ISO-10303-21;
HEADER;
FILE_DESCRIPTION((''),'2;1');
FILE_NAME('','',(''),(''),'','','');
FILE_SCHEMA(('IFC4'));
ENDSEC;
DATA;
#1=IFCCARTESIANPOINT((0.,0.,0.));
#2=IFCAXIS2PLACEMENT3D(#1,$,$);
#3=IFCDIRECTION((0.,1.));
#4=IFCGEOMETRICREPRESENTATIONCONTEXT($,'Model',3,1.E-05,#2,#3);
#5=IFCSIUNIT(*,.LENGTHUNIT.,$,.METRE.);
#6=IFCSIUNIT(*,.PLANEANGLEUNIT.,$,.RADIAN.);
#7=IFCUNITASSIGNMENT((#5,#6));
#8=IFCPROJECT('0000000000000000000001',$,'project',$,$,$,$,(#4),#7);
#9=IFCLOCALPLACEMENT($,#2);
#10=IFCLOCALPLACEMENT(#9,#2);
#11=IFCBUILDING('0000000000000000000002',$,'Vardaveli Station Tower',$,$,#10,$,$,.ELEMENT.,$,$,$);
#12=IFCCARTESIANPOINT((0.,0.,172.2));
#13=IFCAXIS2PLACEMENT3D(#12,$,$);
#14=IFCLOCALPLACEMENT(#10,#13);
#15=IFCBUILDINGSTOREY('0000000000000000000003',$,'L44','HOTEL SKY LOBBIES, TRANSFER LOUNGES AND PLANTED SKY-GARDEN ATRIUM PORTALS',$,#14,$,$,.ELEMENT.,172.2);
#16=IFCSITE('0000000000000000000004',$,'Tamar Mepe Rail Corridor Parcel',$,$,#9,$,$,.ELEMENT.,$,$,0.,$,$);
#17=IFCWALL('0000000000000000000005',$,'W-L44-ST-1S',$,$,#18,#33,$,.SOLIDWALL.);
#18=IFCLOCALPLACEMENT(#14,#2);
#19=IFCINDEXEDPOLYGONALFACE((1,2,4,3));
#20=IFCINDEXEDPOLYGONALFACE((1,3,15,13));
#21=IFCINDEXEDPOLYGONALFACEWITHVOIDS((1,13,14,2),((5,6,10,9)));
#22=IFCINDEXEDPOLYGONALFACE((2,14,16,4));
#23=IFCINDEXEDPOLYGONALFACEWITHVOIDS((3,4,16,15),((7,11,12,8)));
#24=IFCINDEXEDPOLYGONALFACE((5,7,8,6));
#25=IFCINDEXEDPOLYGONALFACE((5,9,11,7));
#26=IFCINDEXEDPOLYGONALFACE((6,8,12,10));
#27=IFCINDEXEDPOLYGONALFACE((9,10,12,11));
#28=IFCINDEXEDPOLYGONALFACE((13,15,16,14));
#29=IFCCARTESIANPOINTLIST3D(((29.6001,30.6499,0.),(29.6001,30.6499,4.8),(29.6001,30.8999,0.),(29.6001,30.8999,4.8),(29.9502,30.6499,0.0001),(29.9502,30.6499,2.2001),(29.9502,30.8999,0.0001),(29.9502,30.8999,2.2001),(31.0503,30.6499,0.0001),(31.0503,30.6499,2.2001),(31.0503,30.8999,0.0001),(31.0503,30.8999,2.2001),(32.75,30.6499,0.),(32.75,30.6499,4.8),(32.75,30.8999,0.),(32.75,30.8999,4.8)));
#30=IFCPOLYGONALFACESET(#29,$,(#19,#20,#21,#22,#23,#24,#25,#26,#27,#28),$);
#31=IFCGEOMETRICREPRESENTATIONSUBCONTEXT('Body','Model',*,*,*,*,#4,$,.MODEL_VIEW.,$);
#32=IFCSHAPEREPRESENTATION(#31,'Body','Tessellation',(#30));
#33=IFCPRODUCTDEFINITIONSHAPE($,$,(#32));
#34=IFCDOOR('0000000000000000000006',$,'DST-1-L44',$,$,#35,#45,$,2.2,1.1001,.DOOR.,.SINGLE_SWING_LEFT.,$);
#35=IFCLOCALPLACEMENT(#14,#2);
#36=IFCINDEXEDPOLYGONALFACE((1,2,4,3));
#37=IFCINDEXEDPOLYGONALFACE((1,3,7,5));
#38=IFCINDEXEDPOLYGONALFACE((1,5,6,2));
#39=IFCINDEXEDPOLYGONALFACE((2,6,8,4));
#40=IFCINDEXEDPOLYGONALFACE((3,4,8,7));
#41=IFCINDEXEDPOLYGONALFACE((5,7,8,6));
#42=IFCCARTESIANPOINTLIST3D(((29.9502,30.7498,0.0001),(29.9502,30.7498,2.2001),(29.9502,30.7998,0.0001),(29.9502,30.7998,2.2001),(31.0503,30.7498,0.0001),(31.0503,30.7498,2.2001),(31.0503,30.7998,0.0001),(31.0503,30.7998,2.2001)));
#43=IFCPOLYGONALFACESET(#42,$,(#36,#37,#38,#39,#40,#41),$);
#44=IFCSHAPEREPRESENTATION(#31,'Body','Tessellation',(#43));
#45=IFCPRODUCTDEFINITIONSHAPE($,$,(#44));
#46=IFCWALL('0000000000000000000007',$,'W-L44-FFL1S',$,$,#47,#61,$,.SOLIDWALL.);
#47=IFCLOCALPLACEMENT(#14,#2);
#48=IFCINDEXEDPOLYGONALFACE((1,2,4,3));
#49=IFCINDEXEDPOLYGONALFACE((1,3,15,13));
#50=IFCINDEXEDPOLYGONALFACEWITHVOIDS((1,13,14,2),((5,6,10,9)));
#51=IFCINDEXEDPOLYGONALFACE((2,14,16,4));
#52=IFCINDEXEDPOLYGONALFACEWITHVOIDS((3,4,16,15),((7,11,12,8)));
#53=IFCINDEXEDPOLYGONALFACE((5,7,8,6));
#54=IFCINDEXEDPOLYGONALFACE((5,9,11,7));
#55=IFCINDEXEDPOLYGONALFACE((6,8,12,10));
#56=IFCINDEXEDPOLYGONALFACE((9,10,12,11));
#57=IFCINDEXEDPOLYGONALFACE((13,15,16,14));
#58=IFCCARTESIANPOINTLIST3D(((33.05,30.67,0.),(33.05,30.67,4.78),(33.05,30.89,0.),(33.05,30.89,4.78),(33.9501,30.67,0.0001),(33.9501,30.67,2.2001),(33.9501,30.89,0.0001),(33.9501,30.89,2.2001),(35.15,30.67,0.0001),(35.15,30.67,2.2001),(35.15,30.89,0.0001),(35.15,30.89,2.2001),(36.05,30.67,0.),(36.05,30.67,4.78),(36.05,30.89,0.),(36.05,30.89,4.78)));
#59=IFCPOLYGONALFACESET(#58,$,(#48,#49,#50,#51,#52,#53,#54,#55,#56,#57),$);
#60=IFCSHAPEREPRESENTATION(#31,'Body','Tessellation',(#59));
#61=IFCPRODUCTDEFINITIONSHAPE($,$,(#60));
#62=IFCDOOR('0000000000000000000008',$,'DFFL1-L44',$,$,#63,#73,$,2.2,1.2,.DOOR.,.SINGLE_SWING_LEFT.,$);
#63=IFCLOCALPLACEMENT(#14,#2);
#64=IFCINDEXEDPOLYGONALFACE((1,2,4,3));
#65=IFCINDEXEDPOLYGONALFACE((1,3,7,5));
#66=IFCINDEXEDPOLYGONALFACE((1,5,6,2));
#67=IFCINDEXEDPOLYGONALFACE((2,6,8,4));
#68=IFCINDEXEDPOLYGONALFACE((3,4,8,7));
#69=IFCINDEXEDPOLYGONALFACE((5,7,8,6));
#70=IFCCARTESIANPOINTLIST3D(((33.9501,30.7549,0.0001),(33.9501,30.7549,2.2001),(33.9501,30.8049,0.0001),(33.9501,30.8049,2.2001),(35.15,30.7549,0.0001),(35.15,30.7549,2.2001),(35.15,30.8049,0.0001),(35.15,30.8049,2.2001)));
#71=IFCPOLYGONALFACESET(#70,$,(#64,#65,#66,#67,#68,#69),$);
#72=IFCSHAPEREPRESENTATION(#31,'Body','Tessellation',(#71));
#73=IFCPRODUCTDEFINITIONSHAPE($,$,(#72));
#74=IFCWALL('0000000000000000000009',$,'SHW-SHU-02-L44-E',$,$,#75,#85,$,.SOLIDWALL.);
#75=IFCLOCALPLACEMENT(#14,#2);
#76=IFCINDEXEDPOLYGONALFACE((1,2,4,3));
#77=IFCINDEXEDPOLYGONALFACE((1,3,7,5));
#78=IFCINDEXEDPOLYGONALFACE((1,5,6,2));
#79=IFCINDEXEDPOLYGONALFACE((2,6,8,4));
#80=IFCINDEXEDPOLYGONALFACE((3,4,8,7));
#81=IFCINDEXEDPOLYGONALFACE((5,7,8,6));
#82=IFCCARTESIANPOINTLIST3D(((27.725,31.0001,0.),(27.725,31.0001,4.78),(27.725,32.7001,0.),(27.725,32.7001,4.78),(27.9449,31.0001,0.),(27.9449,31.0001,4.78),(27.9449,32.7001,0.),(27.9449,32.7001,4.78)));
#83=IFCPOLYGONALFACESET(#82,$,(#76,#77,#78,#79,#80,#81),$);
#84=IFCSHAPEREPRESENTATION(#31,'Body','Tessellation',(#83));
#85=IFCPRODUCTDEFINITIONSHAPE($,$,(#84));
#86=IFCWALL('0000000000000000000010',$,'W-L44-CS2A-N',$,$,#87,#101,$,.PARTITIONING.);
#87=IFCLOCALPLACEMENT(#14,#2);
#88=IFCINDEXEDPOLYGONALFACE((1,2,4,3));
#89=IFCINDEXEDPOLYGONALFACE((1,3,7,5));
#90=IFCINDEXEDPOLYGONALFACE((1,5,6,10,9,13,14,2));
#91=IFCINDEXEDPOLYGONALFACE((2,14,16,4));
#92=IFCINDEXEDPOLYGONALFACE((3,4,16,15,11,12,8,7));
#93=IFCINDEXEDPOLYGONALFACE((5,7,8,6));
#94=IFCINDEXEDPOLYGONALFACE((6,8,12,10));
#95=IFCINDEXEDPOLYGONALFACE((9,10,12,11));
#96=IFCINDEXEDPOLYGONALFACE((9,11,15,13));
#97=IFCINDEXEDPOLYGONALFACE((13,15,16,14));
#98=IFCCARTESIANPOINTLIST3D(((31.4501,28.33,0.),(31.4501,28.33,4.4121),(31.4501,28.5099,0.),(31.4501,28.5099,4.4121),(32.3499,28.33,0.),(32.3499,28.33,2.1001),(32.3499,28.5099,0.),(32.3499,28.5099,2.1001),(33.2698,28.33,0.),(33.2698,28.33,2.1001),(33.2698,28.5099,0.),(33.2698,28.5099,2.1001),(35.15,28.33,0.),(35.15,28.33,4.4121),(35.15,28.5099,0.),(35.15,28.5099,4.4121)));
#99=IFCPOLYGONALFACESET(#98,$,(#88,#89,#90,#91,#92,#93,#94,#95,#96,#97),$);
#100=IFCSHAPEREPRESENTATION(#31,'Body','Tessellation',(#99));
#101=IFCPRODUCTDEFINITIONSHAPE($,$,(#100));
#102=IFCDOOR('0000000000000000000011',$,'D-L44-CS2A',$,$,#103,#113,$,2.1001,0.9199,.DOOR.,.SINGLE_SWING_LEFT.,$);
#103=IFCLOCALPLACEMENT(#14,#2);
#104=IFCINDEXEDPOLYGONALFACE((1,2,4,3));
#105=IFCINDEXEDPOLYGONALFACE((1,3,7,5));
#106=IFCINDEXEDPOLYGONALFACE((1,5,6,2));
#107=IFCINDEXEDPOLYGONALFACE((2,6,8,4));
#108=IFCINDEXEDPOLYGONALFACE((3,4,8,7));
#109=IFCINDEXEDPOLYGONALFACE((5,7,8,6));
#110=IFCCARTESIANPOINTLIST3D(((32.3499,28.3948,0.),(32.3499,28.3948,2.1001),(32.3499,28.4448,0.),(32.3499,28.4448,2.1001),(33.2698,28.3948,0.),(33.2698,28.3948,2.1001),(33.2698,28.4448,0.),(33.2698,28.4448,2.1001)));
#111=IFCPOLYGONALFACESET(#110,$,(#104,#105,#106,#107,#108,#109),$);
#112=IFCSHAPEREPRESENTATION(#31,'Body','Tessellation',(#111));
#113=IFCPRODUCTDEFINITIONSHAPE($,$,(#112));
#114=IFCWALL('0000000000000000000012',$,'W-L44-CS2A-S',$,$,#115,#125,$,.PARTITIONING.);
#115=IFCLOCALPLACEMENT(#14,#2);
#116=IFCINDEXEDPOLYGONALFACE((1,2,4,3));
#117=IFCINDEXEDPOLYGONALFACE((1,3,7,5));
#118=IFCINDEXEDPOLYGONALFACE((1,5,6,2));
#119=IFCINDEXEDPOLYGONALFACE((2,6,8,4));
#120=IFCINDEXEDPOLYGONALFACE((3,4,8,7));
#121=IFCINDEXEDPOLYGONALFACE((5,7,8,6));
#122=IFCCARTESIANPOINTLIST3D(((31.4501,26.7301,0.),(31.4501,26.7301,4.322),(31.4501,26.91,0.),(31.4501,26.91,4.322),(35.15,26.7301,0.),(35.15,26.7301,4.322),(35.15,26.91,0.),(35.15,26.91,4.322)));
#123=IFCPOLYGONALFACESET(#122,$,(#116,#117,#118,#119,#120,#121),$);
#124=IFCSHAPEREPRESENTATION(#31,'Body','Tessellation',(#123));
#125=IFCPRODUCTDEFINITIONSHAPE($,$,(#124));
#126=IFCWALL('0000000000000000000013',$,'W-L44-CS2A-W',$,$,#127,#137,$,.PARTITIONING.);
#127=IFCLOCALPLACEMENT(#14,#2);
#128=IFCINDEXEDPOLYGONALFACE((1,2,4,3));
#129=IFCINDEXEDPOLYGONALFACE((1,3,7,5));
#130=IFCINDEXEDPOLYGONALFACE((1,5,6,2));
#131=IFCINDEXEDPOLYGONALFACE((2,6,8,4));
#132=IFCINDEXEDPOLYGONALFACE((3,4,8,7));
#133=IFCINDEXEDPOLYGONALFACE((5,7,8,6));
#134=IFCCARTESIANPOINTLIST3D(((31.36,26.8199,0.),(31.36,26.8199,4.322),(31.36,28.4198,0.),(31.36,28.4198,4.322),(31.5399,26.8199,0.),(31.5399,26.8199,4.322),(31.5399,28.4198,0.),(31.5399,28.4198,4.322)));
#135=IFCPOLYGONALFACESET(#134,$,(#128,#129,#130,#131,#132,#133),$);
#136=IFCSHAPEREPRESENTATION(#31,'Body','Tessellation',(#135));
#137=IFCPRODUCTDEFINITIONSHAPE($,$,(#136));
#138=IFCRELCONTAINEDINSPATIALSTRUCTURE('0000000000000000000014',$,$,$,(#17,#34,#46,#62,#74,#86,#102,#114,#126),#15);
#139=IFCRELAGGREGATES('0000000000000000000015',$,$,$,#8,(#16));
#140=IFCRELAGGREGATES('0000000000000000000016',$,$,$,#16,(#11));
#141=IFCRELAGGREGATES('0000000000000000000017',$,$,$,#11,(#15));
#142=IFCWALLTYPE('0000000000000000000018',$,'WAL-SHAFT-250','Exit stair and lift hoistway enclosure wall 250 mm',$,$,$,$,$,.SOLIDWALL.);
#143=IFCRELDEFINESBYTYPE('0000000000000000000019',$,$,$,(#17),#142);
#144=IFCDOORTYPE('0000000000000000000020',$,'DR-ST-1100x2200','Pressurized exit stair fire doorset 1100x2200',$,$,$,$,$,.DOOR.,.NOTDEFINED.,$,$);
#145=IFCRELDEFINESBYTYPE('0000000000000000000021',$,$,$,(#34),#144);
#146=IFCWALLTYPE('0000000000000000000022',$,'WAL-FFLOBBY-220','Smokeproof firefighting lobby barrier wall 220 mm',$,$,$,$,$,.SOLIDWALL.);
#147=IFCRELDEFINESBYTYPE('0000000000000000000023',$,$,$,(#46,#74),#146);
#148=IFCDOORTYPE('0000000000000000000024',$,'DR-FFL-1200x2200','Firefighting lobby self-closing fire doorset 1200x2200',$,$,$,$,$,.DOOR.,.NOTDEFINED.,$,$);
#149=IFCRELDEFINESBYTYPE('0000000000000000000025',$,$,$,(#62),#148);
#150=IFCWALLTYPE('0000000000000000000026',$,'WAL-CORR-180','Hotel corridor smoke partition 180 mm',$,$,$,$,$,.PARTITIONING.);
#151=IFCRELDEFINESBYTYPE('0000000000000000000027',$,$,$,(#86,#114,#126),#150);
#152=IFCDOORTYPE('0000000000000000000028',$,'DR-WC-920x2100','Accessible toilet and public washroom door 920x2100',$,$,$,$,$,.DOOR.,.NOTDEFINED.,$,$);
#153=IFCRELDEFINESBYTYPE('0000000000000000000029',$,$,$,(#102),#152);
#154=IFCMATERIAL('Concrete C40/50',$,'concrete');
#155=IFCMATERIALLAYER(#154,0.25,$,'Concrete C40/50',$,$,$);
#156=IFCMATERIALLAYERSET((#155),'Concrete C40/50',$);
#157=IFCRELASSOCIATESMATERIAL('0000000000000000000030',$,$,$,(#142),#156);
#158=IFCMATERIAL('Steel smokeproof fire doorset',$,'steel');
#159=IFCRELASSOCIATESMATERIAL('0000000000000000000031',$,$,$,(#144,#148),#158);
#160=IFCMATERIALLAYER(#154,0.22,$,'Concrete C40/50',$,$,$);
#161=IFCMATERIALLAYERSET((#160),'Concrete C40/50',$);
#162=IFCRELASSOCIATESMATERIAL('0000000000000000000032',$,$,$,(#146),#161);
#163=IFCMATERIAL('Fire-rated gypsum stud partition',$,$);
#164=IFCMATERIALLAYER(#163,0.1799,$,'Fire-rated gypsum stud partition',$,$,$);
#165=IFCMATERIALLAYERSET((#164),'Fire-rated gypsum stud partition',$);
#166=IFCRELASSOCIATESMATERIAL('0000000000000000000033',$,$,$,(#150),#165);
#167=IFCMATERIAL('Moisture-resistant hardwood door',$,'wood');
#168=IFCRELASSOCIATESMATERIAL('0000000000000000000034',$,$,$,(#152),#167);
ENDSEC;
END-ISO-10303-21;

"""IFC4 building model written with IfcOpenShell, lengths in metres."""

from ifc_helpers import new_model, si_unit, direction, frame, frame_2d, origin, place, context, subcontext, project, spatial, rectangle, extrude, source, transform, mapped, material, layer, layer_set, type_object, element, fill, save


model = new_model("IFC4")

# Units and contexts
model_context = context("Model", 3, precision=1e-05, world=origin(), true_north=direction((0.0, 1.0)))
body_context = subcontext(model_context, "Body", "Model", "MODEL_VIEW")
ifc_project = project(units=[si_unit("LENGTHUNIT", "METRE"), si_unit("PLANEANGLEUNIT", "RADIAN")], contexts=[model_context])

# Site, building, storey
site_placement = place(None, origin())
site = spatial("IfcSite", under=ifc_project, at=site_placement, Name="Tamar Mepe Rail Corridor Parcel", CompositionType="ELEMENT", RefElevation=0.0)
building_placement = place(site_placement, origin())
building = spatial("IfcBuilding", under=site, at=building_placement, Name="Vardaveli Station Tower", CompositionType="ELEMENT")
storey_placement = place(building_placement, frame((0.0, 0.0, 172.2)))
storey = spatial("IfcBuildingStorey", under=building, at=storey_placement, Name="L44", Description="HOTEL SKY LOBBIES, TRANSFER LOUNGES AND PLANTED SKY-GARDEN ATRIUM PORTALS", CompositionType="ELEMENT", Elevation=172.2)

# Shared definitions
ifc_material_1 = material(Name="Concrete C40/50", Category="concrete")
ifc_layer_1 = layer(ifc_material_1, 0.25, Name="Concrete C40/50")
ifc_layer_set_1 = layer_set([ifc_layer_1], Name="Concrete C40/50")
wall_type_1 = type_object("IfcWallType", Name="WAL-SHAFT-250", Description="Exit stair and lift hoistway enclosure wall 250 mm", PredefinedType="SOLIDWALL", material=ifc_layer_set_1)

# Walls, openings, doors
shared_shape_1 = source(origin(), body_context, "Body", "SweptSolid", [
    extrude(rectangle(XDim=3.1499, YDim=0.25, at=frame_2d((1.575, 0.0))), origin(), (0.0, 0.0, 1.0), 4.8),
])
wall_1_placement = place(storey_placement, frame((29.6001, 30.7749, 0.0), z_axis=(0.0, 0.0, 1.0), x_axis=(1.0, 0.0, 0.0)))
wall_1 = element("IfcWall", 1, at=wall_1_placement, inside=storey, type_object=wall_type_1, Name="W-L44-ST-1S", PredefinedType="SOLIDWALL", context=body_context, shape_type="MappedRepresentation", body=[
    mapped(shared_shape_1, transform((0.0, 0.0, 0.0), scale=1.0)),
])
shared_shape_2 = source(origin(), body_context, "Body", "SweptSolid", [
    extrude(rectangle(XDim=1.1001, YDim=2.2, at=frame_2d((0.55, 1.1001))), frame((0.0, 0.135, 0.0), z_axis=(0.0, -1.0, 0.0), x_axis=(1.0, 0.0, 0.0)), (0.0, 0.0, 1.0), 0.27),
])
opening_1_placement = place(wall_1_placement, frame((0.3501, 0.0, 0.0)))
opening_1 = element("IfcOpeningElement", 2, at=opening_1_placement, cuts=wall_1, PredefinedType="OPENING", context=body_context, shape_type="MappedRepresentation", body=[
    mapped(shared_shape_2, transform((0.0, 0.0, 0.0), scale=1.0)),
])
ifc_material_2 = material(Name="Steel smokeproof fire doorset", Category="steel")
door_type_1 = type_object("IfcDoorType", Name="DR-ST-1100x2200", Description="Pressurized exit stair fire doorset 1100x2200", OperationType="NOTDEFINED", PredefinedType="DOOR", material=ifc_material_2)
shared_shape_3 = source(origin(), body_context, "Body", "SweptSolid", [
    extrude(rectangle(XDim=1.1001, YDim=2.2, at=frame_2d((0.55, 1.1001))), frame((0.0, 0.0249, 0.0), z_axis=(0.0, -1.0, 0.0), x_axis=(1.0, 0.0, 0.0)), (0.0, 0.0, 1.0), 0.05),
])
door_1_placement = place(opening_1_placement, origin())
door_1 = element("IfcDoor", 3, at=door_1_placement, inside=storey, type_object=door_type_1, Name="DST-1-L44", OperationType="SINGLE_SWING_LEFT", OverallHeight=2.2, OverallWidth=1.1001, PredefinedType="DOOR", context=body_context, shape_type="MappedRepresentation", body=[
    mapped(shared_shape_3, transform((0.0, 0.0, 0.0), scale=1.0)),
])
fill(opening_1, door_1)
ifc_layer_2 = layer(ifc_material_1, 0.22, Name="Concrete C40/50")
ifc_layer_set_2 = layer_set([ifc_layer_2], Name="Concrete C40/50")
wall_type_2 = type_object("IfcWallType", Name="WAL-FFLOBBY-220", Description="Smokeproof firefighting lobby barrier wall 220 mm", PredefinedType="SOLIDWALL", material=ifc_layer_set_2)
shared_shape_4 = source(origin(), body_context, "Body", "SweptSolid", [
    extrude(rectangle(XDim=3.0, YDim=0.22, at=frame_2d((1.5, 0.0))), origin(), (0.0, 0.0, 1.0), 4.78),
])
wall_2_placement = place(storey_placement, frame((33.05, 30.78, 0.0), z_axis=(0.0, 0.0, 1.0), x_axis=(1.0, 0.0, 0.0)))
wall_2 = element("IfcWall", 4, at=wall_2_placement, inside=storey, type_object=wall_type_2, Name="W-L44-FFL1S", PredefinedType="SOLIDWALL", context=body_context, shape_type="MappedRepresentation", body=[
    mapped(shared_shape_4, transform((0.0, 0.0, 0.0), scale=1.0)),
])
shared_shape_5 = source(origin(), body_context, "Body", "SweptSolid", [
    extrude(rectangle(XDim=1.2, YDim=2.2, at=frame_2d((0.6001, 1.1001))), frame((0.0, 0.1201, 0.0), z_axis=(0.0, -1.0, 0.0), x_axis=(1.0, 0.0, 0.0)), (0.0, 0.0, 1.0), 0.24),
])
opening_2_placement = place(wall_2_placement, frame((0.8999, 0.0, 0.0)))
opening_2 = element("IfcOpeningElement", 5, at=opening_2_placement, cuts=wall_2, PredefinedType="OPENING", context=body_context, shape_type="MappedRepresentation", body=[
    mapped(shared_shape_5, transform((0.0, 0.0, 0.0), scale=1.0)),
])
door_type_2 = type_object("IfcDoorType", Name="DR-FFL-1200x2200", Description="Firefighting lobby self-closing fire doorset 1200x2200", OperationType="NOTDEFINED", PredefinedType="DOOR", material=ifc_material_2)
shared_shape_6 = source(origin(), body_context, "Body", "SweptSolid", [
    extrude(rectangle(XDim=1.2, YDim=2.2, at=frame_2d((0.6001, 1.1001))), frame((0.0, 0.0249, 0.0), z_axis=(0.0, -1.0, 0.0), x_axis=(1.0, 0.0, 0.0)), (0.0, 0.0, 1.0), 0.05),
])
door_2_placement = place(opening_2_placement, origin())
door_2 = element("IfcDoor", 6, at=door_2_placement, inside=storey, type_object=door_type_2, Name="DFFL1-L44", OperationType="SINGLE_SWING_LEFT", OverallHeight=2.2, OverallWidth=1.2, PredefinedType="DOOR", context=body_context, shape_type="MappedRepresentation", body=[
    mapped(shared_shape_6, transform((0.0, 0.0, 0.0), scale=1.0)),
])
fill(opening_2, door_2)

# Wall
shared_shape_7 = source(origin(), body_context, "Body", "SweptSolid", [
    extrude(rectangle(XDim=1.7, YDim=0.22, at=frame_2d((0.8501, 0.0))), origin(), (0.0, 0.0, 1.0), 4.78),
])
wall_3_placement = place(storey_placement, frame((27.835, 31.0, 0.0), z_axis=(0.0, 0.0, 1.0), x_axis=(0.0, 1.0, 0.0)))
element("IfcWall", 7, at=wall_3_placement, inside=storey, type_object=wall_type_2, Name="SHW-SHU-02-L44-E", PredefinedType="SOLIDWALL", context=body_context, shape_type="MappedRepresentation", body=[
    mapped(shared_shape_7, transform((0.0, 0.0, 0.0), scale=1.0)),
])

# Wall, opening, door
ifc_material_3 = material(Name="Fire-rated gypsum stud partition")
ifc_layer_3 = layer(ifc_material_3, 0.1799, Name="Fire-rated gypsum stud partition")
ifc_layer_set_3 = layer_set([ifc_layer_3], Name="Fire-rated gypsum stud partition")
wall_type_3 = type_object("IfcWallType", Name="WAL-CORR-180", Description="Hotel corridor smoke partition 180 mm", PredefinedType="PARTITIONING", material=ifc_layer_set_3)
shared_shape_8 = source(origin(), body_context, "Body", "SweptSolid", [
    extrude(rectangle(XDim=3.7, YDim=0.1799, at=frame_2d((1.8501, 0.0))), origin(), (0.0, 0.0, 1.0), 4.4121),
])
wall_4_placement = place(storey_placement, frame((31.45, 28.4199, 0.0), z_axis=(0.0, 0.0, 1.0), x_axis=(1.0, 0.0, 0.0)))
wall_4 = element("IfcWall", 8, at=wall_4_placement, inside=storey, type_object=wall_type_3, Name="W-L44-CS2A-N", PredefinedType="PARTITIONING", context=body_context, shape_type="MappedRepresentation", body=[
    mapped(shared_shape_8, transform((0.0, 0.0, 0.0), scale=1.0)),
])
shared_shape_9 = source(origin(), body_context, "Body", "SweptSolid", [
    extrude(rectangle(XDim=0.9199, YDim=2.1001, at=frame_2d((0.46, 1.05))), frame((0.0, 0.1001, 0.0), z_axis=(0.0, -1.0, 0.0), x_axis=(1.0, 0.0, 0.0)), (0.0, 0.0, 1.0), 0.2),
])
opening_3_placement = place(wall_4_placement, frame((0.8999, 0.0, 0.0)))
opening_3 = element("IfcOpeningElement", 9, at=opening_3_placement, cuts=wall_4, PredefinedType="OPENING", context=body_context, shape_type="MappedRepresentation", body=[
    mapped(shared_shape_9, transform((0.0, 0.0, 0.0), scale=1.0)),
])
ifc_material_4 = material(Name="Moisture-resistant hardwood door", Category="wood")
door_type_3 = type_object("IfcDoorType", Name="DR-WC-920x2100", Description="Accessible toilet and public washroom door 920x2100", OperationType="NOTDEFINED", PredefinedType="DOOR", material=ifc_material_4)
shared_shape_10 = source(origin(), body_context, "Body", "SweptSolid", [
    extrude(rectangle(XDim=0.9199, YDim=2.1001, at=frame_2d((0.46, 1.05))), frame((0.0, 0.0249, 0.0), z_axis=(0.0, -1.0, 0.0), x_axis=(1.0, 0.0, 0.0)), (0.0, 0.0, 1.0), 0.05),
])
door_3_placement = place(opening_3_placement, origin())
door_3 = element("IfcDoor", 10, at=door_3_placement, inside=storey, type_object=door_type_3, Name="D-L44-CS2A", OperationType="SINGLE_SWING_LEFT", OverallHeight=2.1001, OverallWidth=0.9199, PredefinedType="DOOR", context=body_context, shape_type="MappedRepresentation", body=[
    mapped(shared_shape_10, transform((0.0, 0.0, 0.0), scale=1.0)),
])
fill(opening_3, door_3)

# Walls
shared_shape_11 = source(origin(), body_context, "Body", "SweptSolid", [
    extrude(rectangle(XDim=3.7, YDim=0.1799, at=frame_2d((1.8501, 0.0))), origin(), (0.0, 0.0, 1.0), 4.322),
])
wall_5_placement = place(storey_placement, frame((31.45, 26.8201, 0.0), z_axis=(0.0, 0.0, 1.0), x_axis=(1.0, 0.0, 0.0)))
element("IfcWall", 11, at=wall_5_placement, inside=storey, type_object=wall_type_3, Name="W-L44-CS2A-S", PredefinedType="PARTITIONING", context=body_context, shape_type="MappedRepresentation", body=[
    mapped(shared_shape_11, transform((0.0, 0.0, 0.0), scale=1.0)),
])
shared_shape_12 = source(origin(), body_context, "Body", "SweptSolid", [
    extrude(rectangle(XDim=1.5999, YDim=0.1799, at=frame_2d((0.7998, 0.0))), origin(), (0.0, 0.0, 1.0), 4.322),
])
wall_6_placement = place(storey_placement, frame((31.45, 26.8201, 0.0), z_axis=(0.0, 0.0, 1.0), x_axis=(0.0, 1.0, 0.0)))
element("IfcWall", 12, at=wall_6_placement, inside=storey, type_object=wall_type_3, Name="W-L44-CS2A-W", PredefinedType="PARTITIONING", context=body_context, shape_type="MappedRepresentation", body=[
    mapped(shared_shape_12, transform((0.0, 0.0, 0.0), scale=1.0)),
])

save(model, "model.ifc")
